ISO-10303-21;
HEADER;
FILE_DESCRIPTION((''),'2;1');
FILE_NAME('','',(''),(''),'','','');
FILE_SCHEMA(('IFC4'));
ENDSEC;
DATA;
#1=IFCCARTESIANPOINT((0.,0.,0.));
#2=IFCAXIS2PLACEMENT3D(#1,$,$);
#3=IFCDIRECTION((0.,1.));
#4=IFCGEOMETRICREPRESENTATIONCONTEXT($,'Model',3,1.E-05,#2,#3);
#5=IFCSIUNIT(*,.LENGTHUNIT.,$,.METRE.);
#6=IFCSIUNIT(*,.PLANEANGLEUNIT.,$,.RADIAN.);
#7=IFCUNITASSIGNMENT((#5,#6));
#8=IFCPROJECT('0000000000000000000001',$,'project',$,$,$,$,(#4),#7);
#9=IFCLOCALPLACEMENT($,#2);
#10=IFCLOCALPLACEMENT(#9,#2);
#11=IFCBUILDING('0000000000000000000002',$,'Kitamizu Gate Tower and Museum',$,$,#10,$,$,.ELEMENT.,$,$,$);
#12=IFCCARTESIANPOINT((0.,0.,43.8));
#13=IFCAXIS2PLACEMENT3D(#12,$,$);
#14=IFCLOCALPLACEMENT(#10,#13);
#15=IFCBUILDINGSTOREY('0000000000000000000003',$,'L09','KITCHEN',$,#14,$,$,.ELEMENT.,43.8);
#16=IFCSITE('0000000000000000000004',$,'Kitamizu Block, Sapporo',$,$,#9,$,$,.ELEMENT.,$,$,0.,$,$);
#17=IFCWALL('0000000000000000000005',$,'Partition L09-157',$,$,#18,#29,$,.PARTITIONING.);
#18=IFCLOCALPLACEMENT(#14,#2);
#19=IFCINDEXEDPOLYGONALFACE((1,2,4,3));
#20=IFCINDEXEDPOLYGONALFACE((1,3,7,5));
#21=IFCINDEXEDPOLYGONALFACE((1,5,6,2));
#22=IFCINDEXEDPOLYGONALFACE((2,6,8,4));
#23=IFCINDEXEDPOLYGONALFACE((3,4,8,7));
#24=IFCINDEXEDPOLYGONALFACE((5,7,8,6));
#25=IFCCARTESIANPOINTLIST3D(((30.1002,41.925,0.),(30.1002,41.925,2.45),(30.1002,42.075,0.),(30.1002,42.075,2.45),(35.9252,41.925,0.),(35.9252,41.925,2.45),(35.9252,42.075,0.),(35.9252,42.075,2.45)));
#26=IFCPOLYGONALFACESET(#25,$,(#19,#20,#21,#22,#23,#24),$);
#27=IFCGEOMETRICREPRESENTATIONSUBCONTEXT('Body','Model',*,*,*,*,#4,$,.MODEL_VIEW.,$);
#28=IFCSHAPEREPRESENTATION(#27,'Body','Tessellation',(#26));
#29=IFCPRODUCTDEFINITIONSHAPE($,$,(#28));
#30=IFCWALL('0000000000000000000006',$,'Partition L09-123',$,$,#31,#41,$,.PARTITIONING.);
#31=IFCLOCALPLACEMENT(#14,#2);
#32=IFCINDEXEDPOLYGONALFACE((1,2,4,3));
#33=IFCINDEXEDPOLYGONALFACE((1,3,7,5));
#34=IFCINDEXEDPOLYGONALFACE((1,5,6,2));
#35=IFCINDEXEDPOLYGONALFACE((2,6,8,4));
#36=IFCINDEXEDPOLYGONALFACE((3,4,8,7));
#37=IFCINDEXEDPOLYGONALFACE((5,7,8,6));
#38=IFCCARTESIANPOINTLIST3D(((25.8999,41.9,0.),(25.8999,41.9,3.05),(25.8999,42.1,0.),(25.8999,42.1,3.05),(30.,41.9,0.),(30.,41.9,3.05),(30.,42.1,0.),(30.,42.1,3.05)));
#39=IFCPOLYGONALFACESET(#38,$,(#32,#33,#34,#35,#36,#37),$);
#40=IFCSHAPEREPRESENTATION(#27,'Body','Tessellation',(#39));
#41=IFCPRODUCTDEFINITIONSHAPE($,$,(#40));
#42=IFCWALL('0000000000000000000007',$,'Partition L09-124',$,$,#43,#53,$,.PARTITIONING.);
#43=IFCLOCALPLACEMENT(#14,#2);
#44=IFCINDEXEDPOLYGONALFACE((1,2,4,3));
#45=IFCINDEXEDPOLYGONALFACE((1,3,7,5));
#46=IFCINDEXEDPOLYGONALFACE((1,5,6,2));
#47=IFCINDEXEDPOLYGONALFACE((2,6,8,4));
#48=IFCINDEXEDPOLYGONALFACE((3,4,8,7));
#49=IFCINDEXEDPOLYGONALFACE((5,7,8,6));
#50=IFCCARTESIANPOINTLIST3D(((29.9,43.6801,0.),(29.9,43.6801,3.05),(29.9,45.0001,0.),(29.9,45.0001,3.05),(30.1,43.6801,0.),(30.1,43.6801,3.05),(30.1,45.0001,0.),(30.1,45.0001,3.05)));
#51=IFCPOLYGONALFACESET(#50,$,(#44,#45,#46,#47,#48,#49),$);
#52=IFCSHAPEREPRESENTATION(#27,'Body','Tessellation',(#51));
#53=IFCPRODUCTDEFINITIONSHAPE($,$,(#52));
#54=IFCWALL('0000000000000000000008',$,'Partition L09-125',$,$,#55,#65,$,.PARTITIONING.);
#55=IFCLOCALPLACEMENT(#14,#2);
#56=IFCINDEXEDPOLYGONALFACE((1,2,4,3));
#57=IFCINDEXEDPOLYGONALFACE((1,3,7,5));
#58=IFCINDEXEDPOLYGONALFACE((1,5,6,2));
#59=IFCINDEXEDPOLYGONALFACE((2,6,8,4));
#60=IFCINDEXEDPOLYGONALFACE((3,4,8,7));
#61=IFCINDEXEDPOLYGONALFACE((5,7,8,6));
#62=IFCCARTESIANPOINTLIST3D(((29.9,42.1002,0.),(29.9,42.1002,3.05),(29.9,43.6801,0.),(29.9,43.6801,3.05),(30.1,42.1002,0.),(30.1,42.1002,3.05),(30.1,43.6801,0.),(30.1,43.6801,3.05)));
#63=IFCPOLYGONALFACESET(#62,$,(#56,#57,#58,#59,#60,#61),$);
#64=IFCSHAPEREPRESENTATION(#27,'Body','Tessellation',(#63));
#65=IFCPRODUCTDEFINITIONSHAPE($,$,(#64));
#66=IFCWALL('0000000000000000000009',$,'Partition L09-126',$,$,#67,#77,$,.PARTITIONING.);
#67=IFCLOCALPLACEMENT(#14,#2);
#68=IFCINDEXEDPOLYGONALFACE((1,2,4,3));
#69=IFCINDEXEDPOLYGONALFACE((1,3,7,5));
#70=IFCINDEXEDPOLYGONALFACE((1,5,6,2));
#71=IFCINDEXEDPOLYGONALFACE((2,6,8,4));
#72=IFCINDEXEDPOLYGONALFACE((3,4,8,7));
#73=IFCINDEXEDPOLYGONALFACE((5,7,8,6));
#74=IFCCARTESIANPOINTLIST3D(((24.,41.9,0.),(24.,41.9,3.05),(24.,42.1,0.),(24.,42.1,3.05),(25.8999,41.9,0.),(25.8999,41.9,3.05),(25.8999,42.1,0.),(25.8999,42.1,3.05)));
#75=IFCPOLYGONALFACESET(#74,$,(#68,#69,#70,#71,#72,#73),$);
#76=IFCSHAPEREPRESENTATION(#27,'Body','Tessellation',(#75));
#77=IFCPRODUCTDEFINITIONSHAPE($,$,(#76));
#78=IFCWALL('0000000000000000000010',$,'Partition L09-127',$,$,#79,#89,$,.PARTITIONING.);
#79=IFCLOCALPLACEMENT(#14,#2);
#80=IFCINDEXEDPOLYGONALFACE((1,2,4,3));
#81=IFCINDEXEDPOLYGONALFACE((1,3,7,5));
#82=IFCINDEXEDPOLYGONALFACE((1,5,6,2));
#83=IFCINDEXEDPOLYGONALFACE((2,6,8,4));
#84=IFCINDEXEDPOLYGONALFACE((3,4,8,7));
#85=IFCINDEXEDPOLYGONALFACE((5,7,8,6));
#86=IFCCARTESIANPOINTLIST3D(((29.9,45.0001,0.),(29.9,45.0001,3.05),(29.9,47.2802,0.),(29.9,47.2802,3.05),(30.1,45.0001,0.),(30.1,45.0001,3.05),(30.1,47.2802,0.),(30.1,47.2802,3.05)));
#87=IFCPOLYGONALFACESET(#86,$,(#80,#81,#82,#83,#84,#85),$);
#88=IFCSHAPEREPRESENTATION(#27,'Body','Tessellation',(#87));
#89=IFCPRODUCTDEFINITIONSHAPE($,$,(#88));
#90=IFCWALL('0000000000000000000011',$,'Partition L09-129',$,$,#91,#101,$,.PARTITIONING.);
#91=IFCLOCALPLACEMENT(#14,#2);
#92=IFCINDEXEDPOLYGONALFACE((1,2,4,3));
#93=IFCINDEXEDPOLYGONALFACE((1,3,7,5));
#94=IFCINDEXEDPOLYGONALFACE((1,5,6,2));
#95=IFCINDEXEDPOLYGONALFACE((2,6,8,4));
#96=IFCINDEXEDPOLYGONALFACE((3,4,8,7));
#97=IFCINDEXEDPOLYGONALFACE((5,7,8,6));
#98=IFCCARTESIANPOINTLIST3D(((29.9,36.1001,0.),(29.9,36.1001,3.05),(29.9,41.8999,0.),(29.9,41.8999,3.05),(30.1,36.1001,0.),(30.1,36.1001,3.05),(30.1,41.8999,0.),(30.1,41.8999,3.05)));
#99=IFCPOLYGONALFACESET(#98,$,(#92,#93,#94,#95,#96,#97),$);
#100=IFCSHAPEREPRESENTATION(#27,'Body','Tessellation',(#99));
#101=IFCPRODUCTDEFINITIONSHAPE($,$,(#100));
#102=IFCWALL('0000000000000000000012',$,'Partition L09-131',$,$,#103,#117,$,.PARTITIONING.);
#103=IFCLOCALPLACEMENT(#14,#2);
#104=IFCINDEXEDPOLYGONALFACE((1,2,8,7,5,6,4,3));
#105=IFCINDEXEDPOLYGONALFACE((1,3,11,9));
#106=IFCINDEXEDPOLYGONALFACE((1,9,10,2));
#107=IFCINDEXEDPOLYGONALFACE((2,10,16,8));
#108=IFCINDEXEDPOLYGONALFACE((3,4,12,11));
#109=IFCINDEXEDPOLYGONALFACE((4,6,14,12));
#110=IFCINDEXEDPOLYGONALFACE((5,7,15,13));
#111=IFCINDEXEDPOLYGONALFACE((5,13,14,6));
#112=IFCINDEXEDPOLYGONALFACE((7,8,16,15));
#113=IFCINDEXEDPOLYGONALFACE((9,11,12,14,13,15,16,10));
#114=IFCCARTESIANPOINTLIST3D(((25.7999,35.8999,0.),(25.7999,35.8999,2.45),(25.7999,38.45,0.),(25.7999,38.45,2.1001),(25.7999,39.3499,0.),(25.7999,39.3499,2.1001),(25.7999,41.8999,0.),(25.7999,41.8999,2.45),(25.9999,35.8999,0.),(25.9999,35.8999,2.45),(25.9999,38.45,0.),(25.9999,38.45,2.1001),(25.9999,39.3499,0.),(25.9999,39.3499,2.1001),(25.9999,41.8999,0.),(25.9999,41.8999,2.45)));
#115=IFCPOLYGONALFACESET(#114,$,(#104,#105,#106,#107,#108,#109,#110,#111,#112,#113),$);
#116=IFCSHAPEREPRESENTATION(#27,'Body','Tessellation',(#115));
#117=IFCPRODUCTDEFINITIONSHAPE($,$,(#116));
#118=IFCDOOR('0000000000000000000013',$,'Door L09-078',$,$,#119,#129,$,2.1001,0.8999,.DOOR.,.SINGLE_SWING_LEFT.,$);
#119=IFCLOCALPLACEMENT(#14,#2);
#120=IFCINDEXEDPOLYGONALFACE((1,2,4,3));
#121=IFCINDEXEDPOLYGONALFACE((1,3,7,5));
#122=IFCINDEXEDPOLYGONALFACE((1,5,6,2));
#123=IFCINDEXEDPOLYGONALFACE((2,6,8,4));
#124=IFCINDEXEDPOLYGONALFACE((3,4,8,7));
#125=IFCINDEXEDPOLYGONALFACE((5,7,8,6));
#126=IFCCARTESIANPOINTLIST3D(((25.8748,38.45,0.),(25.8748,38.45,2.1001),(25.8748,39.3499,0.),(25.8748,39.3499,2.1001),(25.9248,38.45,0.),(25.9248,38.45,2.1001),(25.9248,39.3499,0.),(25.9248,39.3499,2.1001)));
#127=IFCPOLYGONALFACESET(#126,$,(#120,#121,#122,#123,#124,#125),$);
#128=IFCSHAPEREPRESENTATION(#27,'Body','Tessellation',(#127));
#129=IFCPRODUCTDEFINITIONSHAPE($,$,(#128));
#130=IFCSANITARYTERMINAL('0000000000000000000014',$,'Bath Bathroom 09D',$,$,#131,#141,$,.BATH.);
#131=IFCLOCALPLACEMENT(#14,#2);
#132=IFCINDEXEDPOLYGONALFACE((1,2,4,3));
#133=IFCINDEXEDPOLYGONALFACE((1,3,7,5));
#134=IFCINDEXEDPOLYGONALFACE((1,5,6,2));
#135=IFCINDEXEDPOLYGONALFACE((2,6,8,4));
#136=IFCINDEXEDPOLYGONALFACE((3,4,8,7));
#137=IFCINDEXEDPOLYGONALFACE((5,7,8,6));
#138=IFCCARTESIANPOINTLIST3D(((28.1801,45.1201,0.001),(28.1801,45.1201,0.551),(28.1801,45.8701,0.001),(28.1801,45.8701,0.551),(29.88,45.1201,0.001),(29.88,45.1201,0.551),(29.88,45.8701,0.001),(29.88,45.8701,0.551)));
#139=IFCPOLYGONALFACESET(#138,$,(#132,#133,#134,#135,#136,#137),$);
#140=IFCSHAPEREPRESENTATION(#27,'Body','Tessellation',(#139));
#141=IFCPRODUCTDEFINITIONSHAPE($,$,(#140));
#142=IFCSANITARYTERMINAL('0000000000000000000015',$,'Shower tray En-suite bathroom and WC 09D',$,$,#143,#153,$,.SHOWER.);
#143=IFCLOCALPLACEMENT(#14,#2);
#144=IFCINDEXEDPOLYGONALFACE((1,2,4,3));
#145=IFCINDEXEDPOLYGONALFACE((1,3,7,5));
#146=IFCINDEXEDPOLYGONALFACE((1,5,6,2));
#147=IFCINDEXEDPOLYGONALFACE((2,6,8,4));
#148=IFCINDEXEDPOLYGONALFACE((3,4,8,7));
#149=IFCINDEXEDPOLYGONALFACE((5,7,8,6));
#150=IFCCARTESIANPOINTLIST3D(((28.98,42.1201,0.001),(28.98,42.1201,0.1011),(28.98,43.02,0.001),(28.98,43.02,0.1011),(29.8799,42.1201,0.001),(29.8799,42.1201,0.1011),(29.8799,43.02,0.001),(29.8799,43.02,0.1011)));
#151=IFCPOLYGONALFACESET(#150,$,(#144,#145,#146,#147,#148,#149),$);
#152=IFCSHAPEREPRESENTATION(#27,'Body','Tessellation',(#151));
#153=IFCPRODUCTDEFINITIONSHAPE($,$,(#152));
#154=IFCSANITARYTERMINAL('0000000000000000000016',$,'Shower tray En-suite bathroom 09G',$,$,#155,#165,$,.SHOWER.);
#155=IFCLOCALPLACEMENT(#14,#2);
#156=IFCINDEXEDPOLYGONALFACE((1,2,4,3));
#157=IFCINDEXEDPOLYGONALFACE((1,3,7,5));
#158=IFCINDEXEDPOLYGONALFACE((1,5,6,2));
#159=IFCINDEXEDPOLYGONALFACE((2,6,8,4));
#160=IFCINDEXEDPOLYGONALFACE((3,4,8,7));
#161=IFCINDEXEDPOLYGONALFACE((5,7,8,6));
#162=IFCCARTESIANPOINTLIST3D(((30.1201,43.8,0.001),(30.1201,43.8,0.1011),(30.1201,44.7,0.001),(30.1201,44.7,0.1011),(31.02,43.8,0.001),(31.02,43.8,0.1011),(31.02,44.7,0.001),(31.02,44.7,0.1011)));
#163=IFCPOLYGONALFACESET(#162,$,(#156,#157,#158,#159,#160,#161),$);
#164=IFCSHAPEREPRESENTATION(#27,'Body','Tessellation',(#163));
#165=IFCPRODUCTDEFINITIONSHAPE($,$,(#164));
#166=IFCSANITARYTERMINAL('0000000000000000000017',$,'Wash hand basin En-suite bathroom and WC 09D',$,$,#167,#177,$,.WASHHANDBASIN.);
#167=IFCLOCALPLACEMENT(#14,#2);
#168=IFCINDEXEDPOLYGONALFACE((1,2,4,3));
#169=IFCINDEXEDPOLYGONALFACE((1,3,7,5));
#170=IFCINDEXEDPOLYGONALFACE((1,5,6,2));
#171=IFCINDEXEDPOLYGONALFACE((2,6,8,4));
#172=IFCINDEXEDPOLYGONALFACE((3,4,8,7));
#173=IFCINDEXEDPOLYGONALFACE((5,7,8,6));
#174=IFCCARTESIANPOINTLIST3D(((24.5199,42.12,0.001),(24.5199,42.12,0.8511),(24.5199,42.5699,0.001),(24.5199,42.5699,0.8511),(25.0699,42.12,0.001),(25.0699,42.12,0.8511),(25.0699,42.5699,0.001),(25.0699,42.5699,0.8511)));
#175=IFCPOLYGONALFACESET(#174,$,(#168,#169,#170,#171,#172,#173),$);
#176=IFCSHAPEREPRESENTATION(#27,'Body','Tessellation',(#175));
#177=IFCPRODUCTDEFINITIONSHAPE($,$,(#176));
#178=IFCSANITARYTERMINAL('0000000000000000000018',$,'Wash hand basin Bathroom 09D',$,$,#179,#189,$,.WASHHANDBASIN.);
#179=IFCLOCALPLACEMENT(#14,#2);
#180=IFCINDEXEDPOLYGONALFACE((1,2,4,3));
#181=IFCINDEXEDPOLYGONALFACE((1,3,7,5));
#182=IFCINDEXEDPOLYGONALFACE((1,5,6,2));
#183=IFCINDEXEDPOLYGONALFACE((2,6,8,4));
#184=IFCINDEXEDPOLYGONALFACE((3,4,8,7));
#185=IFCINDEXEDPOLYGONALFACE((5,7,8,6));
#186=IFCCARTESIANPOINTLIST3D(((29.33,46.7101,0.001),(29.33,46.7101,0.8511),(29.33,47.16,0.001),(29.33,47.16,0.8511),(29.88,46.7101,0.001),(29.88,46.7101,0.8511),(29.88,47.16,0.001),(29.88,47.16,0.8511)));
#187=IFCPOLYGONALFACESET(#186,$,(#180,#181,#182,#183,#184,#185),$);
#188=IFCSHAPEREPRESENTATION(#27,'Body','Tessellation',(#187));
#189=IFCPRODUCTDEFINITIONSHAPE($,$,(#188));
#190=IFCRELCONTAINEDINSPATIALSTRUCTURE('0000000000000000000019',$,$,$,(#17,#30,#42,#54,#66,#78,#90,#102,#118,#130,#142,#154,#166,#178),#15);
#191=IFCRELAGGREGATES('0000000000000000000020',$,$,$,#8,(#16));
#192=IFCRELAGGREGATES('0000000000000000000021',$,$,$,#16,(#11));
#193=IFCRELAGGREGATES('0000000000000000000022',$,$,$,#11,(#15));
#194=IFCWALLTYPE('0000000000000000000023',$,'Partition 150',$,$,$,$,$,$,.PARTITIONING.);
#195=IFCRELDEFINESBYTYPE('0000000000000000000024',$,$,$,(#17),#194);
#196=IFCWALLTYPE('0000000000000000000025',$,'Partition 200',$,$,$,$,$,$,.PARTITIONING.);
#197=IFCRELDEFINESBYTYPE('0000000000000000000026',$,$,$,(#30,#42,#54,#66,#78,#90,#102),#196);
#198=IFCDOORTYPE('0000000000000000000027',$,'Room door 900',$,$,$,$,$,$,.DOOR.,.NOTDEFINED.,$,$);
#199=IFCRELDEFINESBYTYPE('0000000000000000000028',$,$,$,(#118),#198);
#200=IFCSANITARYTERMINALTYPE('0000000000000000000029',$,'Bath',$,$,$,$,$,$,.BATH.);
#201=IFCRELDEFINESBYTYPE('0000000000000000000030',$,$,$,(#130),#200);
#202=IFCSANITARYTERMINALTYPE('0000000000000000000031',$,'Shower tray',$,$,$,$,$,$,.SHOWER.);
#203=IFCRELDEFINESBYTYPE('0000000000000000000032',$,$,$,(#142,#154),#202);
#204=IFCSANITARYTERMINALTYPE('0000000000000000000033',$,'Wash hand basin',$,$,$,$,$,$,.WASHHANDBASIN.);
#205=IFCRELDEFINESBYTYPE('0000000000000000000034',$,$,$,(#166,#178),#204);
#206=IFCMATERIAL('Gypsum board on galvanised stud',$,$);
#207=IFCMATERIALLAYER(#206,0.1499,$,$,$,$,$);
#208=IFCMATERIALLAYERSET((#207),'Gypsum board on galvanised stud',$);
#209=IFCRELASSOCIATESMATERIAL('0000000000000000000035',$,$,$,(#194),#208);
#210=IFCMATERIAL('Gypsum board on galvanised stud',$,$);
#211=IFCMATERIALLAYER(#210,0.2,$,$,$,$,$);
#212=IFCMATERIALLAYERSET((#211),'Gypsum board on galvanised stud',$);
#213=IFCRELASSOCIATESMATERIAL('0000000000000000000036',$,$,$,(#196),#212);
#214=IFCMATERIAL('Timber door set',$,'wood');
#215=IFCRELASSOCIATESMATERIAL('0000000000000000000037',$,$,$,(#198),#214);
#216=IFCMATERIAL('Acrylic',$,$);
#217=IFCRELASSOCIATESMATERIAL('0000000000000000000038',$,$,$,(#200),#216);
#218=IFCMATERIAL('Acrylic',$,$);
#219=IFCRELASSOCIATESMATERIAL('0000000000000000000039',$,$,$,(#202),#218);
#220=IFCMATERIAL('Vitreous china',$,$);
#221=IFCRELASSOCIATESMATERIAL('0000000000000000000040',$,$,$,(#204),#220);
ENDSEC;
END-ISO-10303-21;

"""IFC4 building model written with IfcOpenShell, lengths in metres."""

from ifc_helpers import new_model, si_unit, direction, frame, frame_2d, origin, origin_2d, place, context, subcontext, project, spatial, rectangle, extrude, material, layer, layer_set, type_object, element, fill, save


model = new_model("IFC4")

# Units and contexts
model_context = context("Model", 3, precision=1e-05, world=origin(), true_north=direction((0.0, 1.0)))
body_context = subcontext(model_context, "Body", "Model", "MODEL_VIEW")
ifc_project = project(units=[si_unit("LENGTHUNIT", "METRE"), si_unit("PLANEANGLEUNIT", "RADIAN")], contexts=[model_context])

# Site, building, storey
site_placement = place(None, origin())
site = spatial("IfcSite", under=ifc_project, at=site_placement, Name="Kitamizu Block, Sapporo", CompositionType="ELEMENT", RefElevation=0.0)
building_placement = place(site_placement, origin())
building = spatial("IfcBuilding", under=site, at=building_placement, Name="Kitamizu Gate Tower and Museum", CompositionType="ELEMENT")
storey_placement = place(building_placement, frame((0.0, 0.0, 43.8)))
storey = spatial("IfcBuildingStorey", under=building, at=storey_placement, Name="L09", Description="KITCHEN", CompositionType="ELEMENT", Elevation=43.8)

# Shared definitions
ifc_material_1 = material(Name="Gypsum board on galvanised stud")
ifc_layer_1 = layer(ifc_material_1, 0.1499)
ifc_layer_set_1 = layer_set([ifc_layer_1], Name="Gypsum board on galvanised stud")
wall_type_1 = type_object("IfcWallType", Name="Partition 150", PredefinedType="PARTITIONING", material=ifc_layer_set_1)

# Walls
wall_1_placement = place(storey_placement, frame((30.1001, 42.0, 0.0), z_axis=(0.0, 0.0, 1.0), x_axis=(1.0, 0.0, 0.0)))
element("IfcWall", 1, at=wall_1_placement, inside=storey, type_object=wall_type_1, Name="Partition L09-157", PredefinedType="PARTITIONING", context=body_context, shape_type="SweptSolid", body=[
    extrude(rectangle(XDim=5.825, YDim=0.1499, at=frame_2d((2.9126, 0.0))), origin(), (0.0, 0.0, 1.0), 2.45),
])
ifc_material_2 = material(Name="Gypsum board on galvanised stud")
ifc_layer_2 = layer(ifc_material_2, 0.2)
ifc_layer_set_2 = layer_set([ifc_layer_2], Name="Gypsum board on galvanised stud")
wall_type_2 = type_object("IfcWallType", Name="Partition 200", PredefinedType="PARTITIONING", material=ifc_layer_set_2)
wall_2_placement = place(storey_placement, frame((25.8999, 42.0, 0.0), z_axis=(0.0, 0.0, 1.0), x_axis=(1.0, 0.0, 0.0)))
element("IfcWall", 2, at=wall_2_placement, inside=storey, type_object=wall_type_2, Name="Partition L09-123", PredefinedType="PARTITIONING", context=body_context, shape_type="SweptSolid", body=[
    extrude(rectangle(XDim=4.1001, YDim=0.2, at=frame_2d((2.05, 0.0))), origin(), (0.0, 0.0, 1.0), 3.05),
])
wall_3_placement = place(storey_placement, frame((30.0, 43.6799, 0.0), z_axis=(0.0, 0.0, 1.0), x_axis=(0.0, 1.0, 0.0)))
element("IfcWall", 3, at=wall_3_placement, inside=storey, type_object=wall_type_2, Name="Partition L09-124", PredefinedType="PARTITIONING", context=body_context, shape_type="SweptSolid", body=[
    extrude(rectangle(XDim=1.3201, YDim=0.2, at=frame_2d((0.6602, 0.0))), origin(), (0.0, 0.0, 1.0), 3.05),
])
wall_4_placement = place(storey_placement, frame((30.0, 42.1001, 0.0), z_axis=(0.0, 0.0, 1.0), x_axis=(0.0, 1.0, 0.0)))
element("IfcWall", 4, at=wall_4_placement, inside=storey, type_object=wall_type_2, Name="Partition L09-125", PredefinedType="PARTITIONING", context=body_context, shape_type="SweptSolid", body=[
    extrude(rectangle(XDim=1.5798, YDim=0.2, at=frame_2d((0.79, 0.0))), origin(), (0.0, 0.0, 1.0), 3.05),
])
wall_5_placement = place(storey_placement, frame((24.0, 42.0, 0.0), z_axis=(0.0, 0.0, 1.0), x_axis=(1.0, 0.0, 0.0)))
element("IfcWall", 5, at=wall_5_placement, inside=storey, type_object=wall_type_2, Name="Partition L09-126", PredefinedType="PARTITIONING", context=body_context, shape_type="SweptSolid", body=[
    extrude(rectangle(XDim=1.8999, YDim=0.2, at=frame_2d((0.95, 0.0))), origin(), (0.0, 0.0, 1.0), 3.05),
])
wall_6_placement = place(storey_placement, frame((30.0, 45.0, 0.0), z_axis=(0.0, 0.0, 1.0), x_axis=(0.0, 1.0, 0.0)))
element("IfcWall", 6, at=wall_6_placement, inside=storey, type_object=wall_type_2, Name="Partition L09-127", PredefinedType="PARTITIONING", context=body_context, shape_type="SweptSolid", body=[
    extrude(rectangle(XDim=2.28, YDim=0.2, at=frame_2d((1.1401, 0.0))), origin(), (0.0, 0.0, 1.0), 3.05),
])
wall_7_placement = place(storey_placement, frame((30.0, 36.1001, 0.0), z_axis=(0.0, 0.0, 1.0), x_axis=(0.0, 1.0, 0.0)))
element("IfcWall", 7, at=wall_7_placement, inside=storey, type_object=wall_type_2, Name="Partition L09-129", PredefinedType="PARTITIONING", context=body_context, shape_type="SweptSolid", body=[
    extrude(rectangle(XDim=5.7998, YDim=0.2, at=frame_2d((2.8999, 0.0))), origin(), (0.0, 0.0, 1.0), 3.05),
])

# Wall, opening, door
wall_8_placement = place(storey_placement, frame((25.8999, 41.8999, 0.0), z_axis=(0.0, 0.0, 1.0), x_axis=(0.0, -1.0, 0.0)))
wall_8 = element("IfcWall", 8, at=wall_8_placement, inside=storey, type_object=wall_type_2, Name="Partition L09-131", PredefinedType="PARTITIONING", context=body_context, shape_type="SweptSolid", body=[
    extrude(rectangle(XDim=6.0, YDim=0.2, at=frame_2d((3.0, 0.0))), origin(), (0.0, 0.0, 1.0), 2.45),
])
opening_1_placement = place(wall_8_placement, frame((2.55, 0.0, 0.0)))
opening_1 = element("IfcOpeningElement", 9, at=opening_1_placement, cuts=wall_8, PredefinedType="OPENING", context=body_context, shape_type="SweptSolid", body=[
    extrude(rectangle(XDim=0.8999, YDim=2.1001, at=frame_2d((0.45, 1.05))), frame((0.0, 0.1099, 0.0), z_axis=(0.0, -1.0, 0.0), x_axis=(1.0, 0.0, 0.0)), (0.0, 0.0, 1.0), 0.22),
])
ifc_material_3 = material(Name="Timber door set", Category="wood")
door_type_1 = type_object("IfcDoorType", Name="Room door 900", OperationType="NOTDEFINED", PredefinedType="DOOR", material=ifc_material_3)
door_1_placement = place(opening_1_placement, origin())
door_1 = element("IfcDoor", 10, at=door_1_placement, inside=storey, type_object=door_type_1, Name="Door L09-078", OperationType="SINGLE_SWING_LEFT", OverallHeight=2.1001, OverallWidth=0.8999, PredefinedType="DOOR", context=body_context, shape_type="SweptSolid", body=[
    extrude(rectangle(XDim=0.8999, YDim=2.1001, at=frame_2d((0.45, 1.05))), frame((0.0, 0.0249, 0.0), z_axis=(0.0, -1.0, 0.0), x_axis=(1.0, 0.0, 0.0)), (0.0, 0.0, 1.0), 0.05),
])
fill(opening_1, door_1)

# Sanitary terminals
ifc_material_4 = material(Name="Acrylic")
sanitary_terminal_type_1 = type_object("IfcSanitaryTerminalType", Name="Bath", PredefinedType="BATH", material=ifc_material_4)
sanitary_terminal_placement = place(storey_placement, frame((29.03, 45.4951, 0.001), z_axis=(0.0, 0.0, 1.0), x_axis=(1.0, 0.0, 0.0)))
element("IfcSanitaryTerminal", 11, at=sanitary_terminal_placement, inside=storey, type_object=sanitary_terminal_type_1, Name="Bath Bathroom 09D", PredefinedType="BATH", context=body_context, shape_type="SweptSolid", body=[
    extrude(rectangle(XDim=1.7, YDim=0.75, at=origin_2d()), origin(), (0.0, 0.0, 1.0), 0.55),
])
ifc_material_5 = material(Name="Acrylic")
sanitary_terminal_type_2 = type_object("IfcSanitaryTerminalType", Name="Shower tray", PredefinedType="SHOWER", material=ifc_material_5)
for number, where, z_axis, x_axis, name in (
    (12, (29.4299, 42.5701, 0.001), (0.0, 0.0, 1.0), (1.0, 0.0, 0.0), "Shower tray En-suite bathroom and WC 09D"),
    (13, (30.5701, 44.25, 0.001), (0.0, 0.0, 1.0), (1.0, 0.0, 0.0), "Shower tray En-suite bathroom 09G"),
):
    element("IfcSanitaryTerminal", number, at=place(storey_placement, frame(where, z_axis=z_axis, x_axis=x_axis)), inside=storey, type_object=sanitary_terminal_type_2, Name=name, PredefinedType="SHOWER", context=body_context, shape_type="SweptSolid", body=[
        extrude(rectangle(XDim=0.8999, YDim=0.8999, at=origin_2d()), origin(), (0.0, 0.0, 1.0), 0.1001),
    ])
ifc_material_6 = material(Name="Vitreous china")
sanitary_terminal_type_3 = type_object("IfcSanitaryTerminalType", Name="Wash hand basin", PredefinedType="WASHHANDBASIN", material=ifc_material_6)
for number, where, z_axis, x_axis, name in (
    (14, (24.7949, 42.345, 0.001), (0.0, 0.0, 1.0), (1.0, 0.0, 0.0), "Wash hand basin En-suite bathroom and WC 09D"),
    (15, (29.605, 46.9351, 0.001), (0.0, 0.0, 1.0), (1.0, 0.0, 0.0), "Wash hand basin Bathroom 09D"),
):
    element("IfcSanitaryTerminal", number, at=place(storey_placement, frame(where, z_axis=z_axis, x_axis=x_axis)), inside=storey, type_object=sanitary_terminal_type_3, Name=name, PredefinedType="WASHHANDBASIN", context=body_context, shape_type="SweptSolid", body=[
        extrude(rectangle(XDim=0.55, YDim=0.45, at=origin_2d()), origin(), (0.0, 0.0, 1.0), 0.8501),
    ])

save(model, "model.ifc")
